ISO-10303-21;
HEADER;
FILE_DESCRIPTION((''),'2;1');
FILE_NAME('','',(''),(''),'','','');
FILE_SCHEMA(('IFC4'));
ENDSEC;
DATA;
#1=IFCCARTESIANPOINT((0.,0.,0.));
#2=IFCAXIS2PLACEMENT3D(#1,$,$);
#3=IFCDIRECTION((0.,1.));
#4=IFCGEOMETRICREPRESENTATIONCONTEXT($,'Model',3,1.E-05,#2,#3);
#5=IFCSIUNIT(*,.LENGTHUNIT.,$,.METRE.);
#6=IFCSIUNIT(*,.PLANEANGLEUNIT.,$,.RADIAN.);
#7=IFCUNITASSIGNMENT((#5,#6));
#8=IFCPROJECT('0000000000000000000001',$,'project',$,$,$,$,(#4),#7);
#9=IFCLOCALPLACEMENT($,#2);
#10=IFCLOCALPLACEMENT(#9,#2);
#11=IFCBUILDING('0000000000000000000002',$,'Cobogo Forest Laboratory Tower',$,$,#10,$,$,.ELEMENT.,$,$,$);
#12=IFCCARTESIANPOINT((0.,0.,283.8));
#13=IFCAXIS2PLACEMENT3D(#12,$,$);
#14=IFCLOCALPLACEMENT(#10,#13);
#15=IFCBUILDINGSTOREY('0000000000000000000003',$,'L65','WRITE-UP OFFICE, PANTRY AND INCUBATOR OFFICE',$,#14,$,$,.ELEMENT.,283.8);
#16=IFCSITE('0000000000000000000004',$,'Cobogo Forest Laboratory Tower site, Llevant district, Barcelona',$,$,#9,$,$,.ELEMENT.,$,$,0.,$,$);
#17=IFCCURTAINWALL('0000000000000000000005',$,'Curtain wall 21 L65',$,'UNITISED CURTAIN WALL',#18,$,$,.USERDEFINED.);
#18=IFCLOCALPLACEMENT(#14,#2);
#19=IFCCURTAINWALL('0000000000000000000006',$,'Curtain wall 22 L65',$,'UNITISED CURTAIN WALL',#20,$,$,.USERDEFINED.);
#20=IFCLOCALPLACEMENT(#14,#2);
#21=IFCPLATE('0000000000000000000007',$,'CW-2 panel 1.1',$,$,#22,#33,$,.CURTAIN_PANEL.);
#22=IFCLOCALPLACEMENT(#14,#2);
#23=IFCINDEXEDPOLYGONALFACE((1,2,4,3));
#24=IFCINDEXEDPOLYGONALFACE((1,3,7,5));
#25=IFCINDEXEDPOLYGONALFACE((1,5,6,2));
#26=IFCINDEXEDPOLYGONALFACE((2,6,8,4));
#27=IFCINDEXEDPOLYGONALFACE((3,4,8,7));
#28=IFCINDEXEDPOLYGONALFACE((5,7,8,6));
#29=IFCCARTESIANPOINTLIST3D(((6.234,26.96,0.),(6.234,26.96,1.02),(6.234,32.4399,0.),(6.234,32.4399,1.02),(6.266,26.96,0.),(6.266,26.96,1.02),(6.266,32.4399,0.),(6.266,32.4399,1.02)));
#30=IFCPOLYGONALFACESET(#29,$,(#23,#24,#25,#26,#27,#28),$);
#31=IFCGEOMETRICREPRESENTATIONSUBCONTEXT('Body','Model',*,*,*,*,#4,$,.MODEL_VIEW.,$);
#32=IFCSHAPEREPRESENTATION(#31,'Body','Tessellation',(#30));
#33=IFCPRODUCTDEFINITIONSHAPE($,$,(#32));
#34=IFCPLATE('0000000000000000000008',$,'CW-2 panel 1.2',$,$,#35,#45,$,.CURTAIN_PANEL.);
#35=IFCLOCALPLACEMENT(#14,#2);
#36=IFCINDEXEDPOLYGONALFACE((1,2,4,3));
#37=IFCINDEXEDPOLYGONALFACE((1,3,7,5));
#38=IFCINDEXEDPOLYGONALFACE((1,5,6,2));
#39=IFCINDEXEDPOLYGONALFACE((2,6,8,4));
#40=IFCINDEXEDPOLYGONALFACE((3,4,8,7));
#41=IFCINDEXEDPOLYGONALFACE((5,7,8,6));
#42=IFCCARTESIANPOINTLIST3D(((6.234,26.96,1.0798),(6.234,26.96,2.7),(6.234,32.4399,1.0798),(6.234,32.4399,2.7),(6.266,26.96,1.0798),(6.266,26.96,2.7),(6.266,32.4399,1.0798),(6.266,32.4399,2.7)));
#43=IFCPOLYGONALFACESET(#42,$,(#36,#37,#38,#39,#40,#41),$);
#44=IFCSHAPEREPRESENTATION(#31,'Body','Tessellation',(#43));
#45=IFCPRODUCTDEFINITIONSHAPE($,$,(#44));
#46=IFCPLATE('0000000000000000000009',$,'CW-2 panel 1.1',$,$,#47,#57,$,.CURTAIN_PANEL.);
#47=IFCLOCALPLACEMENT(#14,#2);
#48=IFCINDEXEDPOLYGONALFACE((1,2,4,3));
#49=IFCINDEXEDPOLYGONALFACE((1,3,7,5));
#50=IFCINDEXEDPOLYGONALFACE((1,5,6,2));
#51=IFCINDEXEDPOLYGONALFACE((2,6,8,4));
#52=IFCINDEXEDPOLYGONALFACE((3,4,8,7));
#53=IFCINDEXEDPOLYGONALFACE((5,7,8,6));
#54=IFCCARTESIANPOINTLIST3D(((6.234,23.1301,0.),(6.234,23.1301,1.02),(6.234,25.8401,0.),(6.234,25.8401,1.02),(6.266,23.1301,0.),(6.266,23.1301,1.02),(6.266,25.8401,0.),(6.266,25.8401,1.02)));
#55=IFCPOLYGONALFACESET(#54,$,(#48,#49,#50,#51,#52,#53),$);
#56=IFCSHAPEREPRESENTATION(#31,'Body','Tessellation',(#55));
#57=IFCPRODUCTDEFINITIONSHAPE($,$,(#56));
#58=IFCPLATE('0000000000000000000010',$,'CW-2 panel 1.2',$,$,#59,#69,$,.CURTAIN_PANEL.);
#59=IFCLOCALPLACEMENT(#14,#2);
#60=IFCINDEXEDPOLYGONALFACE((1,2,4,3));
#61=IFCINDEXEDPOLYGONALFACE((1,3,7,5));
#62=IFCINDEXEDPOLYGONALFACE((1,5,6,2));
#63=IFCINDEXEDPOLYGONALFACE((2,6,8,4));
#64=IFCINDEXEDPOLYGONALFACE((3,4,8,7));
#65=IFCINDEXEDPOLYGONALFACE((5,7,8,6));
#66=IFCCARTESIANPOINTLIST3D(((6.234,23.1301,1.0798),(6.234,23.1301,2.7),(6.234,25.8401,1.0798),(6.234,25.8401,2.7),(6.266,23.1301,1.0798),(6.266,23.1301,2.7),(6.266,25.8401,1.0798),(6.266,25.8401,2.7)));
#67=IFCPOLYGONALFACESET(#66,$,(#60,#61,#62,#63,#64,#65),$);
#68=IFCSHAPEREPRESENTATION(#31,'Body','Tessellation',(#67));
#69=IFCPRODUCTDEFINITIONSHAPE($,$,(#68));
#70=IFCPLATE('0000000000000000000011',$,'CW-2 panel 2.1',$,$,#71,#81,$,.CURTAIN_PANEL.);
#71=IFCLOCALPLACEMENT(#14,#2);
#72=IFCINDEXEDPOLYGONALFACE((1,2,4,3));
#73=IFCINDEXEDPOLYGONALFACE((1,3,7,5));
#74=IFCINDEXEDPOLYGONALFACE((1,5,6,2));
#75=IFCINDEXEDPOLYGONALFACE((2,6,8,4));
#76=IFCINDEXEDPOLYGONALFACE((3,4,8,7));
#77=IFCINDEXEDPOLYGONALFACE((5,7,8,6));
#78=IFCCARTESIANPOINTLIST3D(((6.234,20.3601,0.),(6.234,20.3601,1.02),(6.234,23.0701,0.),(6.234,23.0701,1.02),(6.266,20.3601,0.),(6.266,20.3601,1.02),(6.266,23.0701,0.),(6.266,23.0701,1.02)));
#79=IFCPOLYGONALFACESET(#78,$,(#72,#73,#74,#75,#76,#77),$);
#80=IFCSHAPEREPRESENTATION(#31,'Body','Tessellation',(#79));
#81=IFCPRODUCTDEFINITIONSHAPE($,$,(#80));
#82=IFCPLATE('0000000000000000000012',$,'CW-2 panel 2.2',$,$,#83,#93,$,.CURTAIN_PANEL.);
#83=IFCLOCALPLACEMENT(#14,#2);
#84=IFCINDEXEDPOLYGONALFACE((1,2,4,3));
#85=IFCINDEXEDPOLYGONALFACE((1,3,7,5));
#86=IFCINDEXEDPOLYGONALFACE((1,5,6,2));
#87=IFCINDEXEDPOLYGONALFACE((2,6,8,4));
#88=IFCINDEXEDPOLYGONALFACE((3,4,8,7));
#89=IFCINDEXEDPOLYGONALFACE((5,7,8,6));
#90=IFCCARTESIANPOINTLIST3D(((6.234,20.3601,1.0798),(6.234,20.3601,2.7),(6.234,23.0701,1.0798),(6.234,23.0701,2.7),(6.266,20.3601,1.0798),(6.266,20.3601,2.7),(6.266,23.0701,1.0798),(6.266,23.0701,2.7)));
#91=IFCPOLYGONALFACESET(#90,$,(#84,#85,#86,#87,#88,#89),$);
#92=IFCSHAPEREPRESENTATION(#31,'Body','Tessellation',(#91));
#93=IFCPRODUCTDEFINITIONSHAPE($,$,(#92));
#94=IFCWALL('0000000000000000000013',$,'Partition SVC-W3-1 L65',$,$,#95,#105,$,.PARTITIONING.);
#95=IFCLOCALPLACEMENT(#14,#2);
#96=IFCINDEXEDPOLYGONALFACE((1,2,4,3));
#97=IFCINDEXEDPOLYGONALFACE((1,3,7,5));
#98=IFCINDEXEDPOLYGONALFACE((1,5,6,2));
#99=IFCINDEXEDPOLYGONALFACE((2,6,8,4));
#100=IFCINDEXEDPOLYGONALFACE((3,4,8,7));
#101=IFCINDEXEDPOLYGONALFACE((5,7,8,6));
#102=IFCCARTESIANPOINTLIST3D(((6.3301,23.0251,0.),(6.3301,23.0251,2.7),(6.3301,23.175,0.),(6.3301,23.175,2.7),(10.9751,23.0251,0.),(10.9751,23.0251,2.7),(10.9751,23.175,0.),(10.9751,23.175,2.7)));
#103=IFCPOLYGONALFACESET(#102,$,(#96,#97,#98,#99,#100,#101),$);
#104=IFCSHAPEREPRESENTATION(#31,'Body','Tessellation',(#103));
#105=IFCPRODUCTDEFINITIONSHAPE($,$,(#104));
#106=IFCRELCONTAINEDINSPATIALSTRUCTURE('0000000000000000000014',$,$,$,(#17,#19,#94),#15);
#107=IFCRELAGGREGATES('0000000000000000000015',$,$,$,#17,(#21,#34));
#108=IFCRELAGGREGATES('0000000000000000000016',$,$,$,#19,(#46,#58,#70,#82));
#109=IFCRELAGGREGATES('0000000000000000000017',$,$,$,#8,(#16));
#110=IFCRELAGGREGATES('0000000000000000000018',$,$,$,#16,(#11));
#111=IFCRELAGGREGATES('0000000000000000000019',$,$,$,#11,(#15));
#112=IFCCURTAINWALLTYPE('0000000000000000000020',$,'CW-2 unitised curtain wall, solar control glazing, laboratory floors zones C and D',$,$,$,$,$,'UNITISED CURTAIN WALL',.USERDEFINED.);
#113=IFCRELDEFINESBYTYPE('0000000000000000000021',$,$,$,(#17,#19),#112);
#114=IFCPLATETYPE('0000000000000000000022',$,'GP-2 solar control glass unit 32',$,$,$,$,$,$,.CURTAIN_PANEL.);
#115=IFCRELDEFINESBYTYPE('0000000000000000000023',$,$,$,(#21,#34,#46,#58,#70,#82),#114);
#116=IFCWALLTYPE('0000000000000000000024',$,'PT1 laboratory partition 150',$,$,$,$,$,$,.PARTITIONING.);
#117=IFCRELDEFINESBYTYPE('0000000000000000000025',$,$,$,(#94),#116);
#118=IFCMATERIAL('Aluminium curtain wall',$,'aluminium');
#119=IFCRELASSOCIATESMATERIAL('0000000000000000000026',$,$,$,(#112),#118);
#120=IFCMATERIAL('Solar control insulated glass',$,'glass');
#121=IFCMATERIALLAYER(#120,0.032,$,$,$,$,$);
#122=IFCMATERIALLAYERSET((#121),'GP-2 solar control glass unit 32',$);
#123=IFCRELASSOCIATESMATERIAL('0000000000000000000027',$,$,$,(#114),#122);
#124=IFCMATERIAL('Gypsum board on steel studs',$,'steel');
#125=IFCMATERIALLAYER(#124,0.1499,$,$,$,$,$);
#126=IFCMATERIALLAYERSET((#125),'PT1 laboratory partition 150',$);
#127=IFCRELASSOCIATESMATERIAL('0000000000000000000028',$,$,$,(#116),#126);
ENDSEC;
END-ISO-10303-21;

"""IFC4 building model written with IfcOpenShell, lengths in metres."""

from ifc_helpers import new_model, si_unit, direction, frame, frame_2d, origin, origin_2d, place, context, subcontext, project, spatial, rectangle, extrude, material, layer, layer_set, type_object, element, aggregate, save


model = new_model("IFC4")

# Units and contexts
model_context = context("Model", 3, precision=1e-05, world=origin(), true_north=direction((0.0, 1.0)))
body_context = subcontext(model_context, "Body", "Model", "MODEL_VIEW")
ifc_project = project(units=[si_unit("LENGTHUNIT", "METRE"), si_unit("PLANEANGLEUNIT", "RADIAN")], contexts=[model_context])

# Site, building, storey
site_placement = place(None, origin())
site = spatial("IfcSite", under=ifc_project, at=site_placement, Name="Cobogo Forest Laboratory Tower site, Llevant district, Barcelona", CompositionType="ELEMENT", RefElevation=0.0)
building_placement = place(site_placement, origin())
building = spatial("IfcBuilding", under=site, at=building_placement, Name="Cobogo Forest Laboratory Tower", CompositionType="ELEMENT")
storey_placement = place(building_placement, frame((0.0, 0.0, 283.8)))
storey = spatial("IfcBuildingStorey", under=building, at=storey_placement, Name="L65", Description="WRITE-UP OFFICE, PANTRY AND INCUBATOR OFFICE", CompositionType="ELEMENT", Elevation=283.8)

# Curtain walls
ifc_material_1 = material(Name="Aluminium curtain wall", Category="aluminium")
curtain_wall_type = type_object("IfcCurtainWallType", Name="CW-2 unitised curtain wall, solar control glazing, laboratory floors zones C and D", ElementType="UNITISED CURTAIN WALL", PredefinedType="USERDEFINED", material=ifc_material_1)
curtain_wall_1_placement = place(storey_placement, origin())
curtain_wall_1 = element("IfcCurtainWall", 1, at=curtain_wall_1_placement, inside=storey, type_object=curtain_wall_type, Name="Curtain wall 21 L65", ObjectType="UNITISED CURTAIN WALL", PredefinedType="USERDEFINED")
curtain_wall_2_placement = place(storey_placement, origin())
curtain_wall_2 = element("IfcCurtainWall", 2, at=curtain_wall_2_placement, inside=storey, type_object=curtain_wall_type, Name="Curtain wall 22 L65", ObjectType="UNITISED CURTAIN WALL", PredefinedType="USERDEFINED")

# Plates
ifc_material_2 = material(Name="Solar control insulated glass", Category="glass")
ifc_layer_1 = layer(ifc_material_2, 0.032)
ifc_layer_set_1 = layer_set([ifc_layer_1], Name="GP-2 solar control glass unit 32")
plate_type_1 = type_object("IfcPlateType", Name="GP-2 solar control glass unit 32", PredefinedType="CURTAIN_PANEL", material=ifc_layer_set_1)
plate_1_placement = place(storey_placement, frame((6.25, 29.7, 0.0), z_axis=(0.0, 0.0, 1.0), x_axis=(0.0, -1.0, 0.0)))
plate_1 = element("IfcPlate", 3, at=plate_1_placement, type_object=plate_type_1, Name="CW-2 panel 1.1", PredefinedType="CURTAIN_PANEL", context=body_context, shape_type="SweptSolid", body=[
    extrude(rectangle(XDim=5.48, YDim=0.032, at=origin_2d()), origin(), (0.0, 0.0, 1.0), 1.02),
])
plate_2_placement = place(storey_placement, frame((6.25, 29.7, 1.0798), z_axis=(0.0, 0.0, 1.0), x_axis=(0.0, -1.0, 0.0)))
plate_2 = element("IfcPlate", 4, at=plate_2_placement, type_object=plate_type_1, Name="CW-2 panel 1.2", PredefinedType="CURTAIN_PANEL", context=body_context, shape_type="SweptSolid", body=[
    extrude(rectangle(XDim=5.48, YDim=0.032, at=origin_2d()), origin(), (0.0, 0.0, 1.0), 1.6201),
])
aggregate(curtain_wall_1, [plate_1, plate_2])
plate_3_placement = place(storey_placement, frame((6.25, 24.4851, 0.0), z_axis=(0.0, 0.0, 1.0), x_axis=(0.0, -1.0, 0.0)))
plate_3 = element("IfcPlate", 5, at=plate_3_placement, type_object=plate_type_1, Name="CW-2 panel 1.1", PredefinedType="CURTAIN_PANEL", context=body_context, shape_type="SweptSolid", body=[
    extrude(rectangle(XDim=2.71, YDim=0.032, at=origin_2d()), origin(), (0.0, 0.0, 1.0), 1.02),
])
plate_4_placement = place(storey_placement, frame((6.25, 24.4851, 1.0798), z_axis=(0.0, 0.0, 1.0), x_axis=(0.0, -1.0, 0.0)))
plate_4 = element("IfcPlate", 6, at=plate_4_placement, type_object=plate_type_1, Name="CW-2 panel 1.2", PredefinedType="CURTAIN_PANEL", context=body_context, shape_type="SweptSolid", body=[
    extrude(rectangle(XDim=2.71, YDim=0.032, at=origin_2d()), origin(), (0.0, 0.0, 1.0), 1.6201),
])
plate_5_placement = place(storey_placement, frame((6.25, 21.7151, 0.0), z_axis=(0.0, 0.0, 1.0), x_axis=(0.0, -1.0, 0.0)))
plate_5 = element("IfcPlate", 7, at=plate_5_placement, type_object=plate_type_1, Name="CW-2 panel 2.1", PredefinedType="CURTAIN_PANEL", context=body_context, shape_type="SweptSolid", body=[
    extrude(rectangle(XDim=2.71, YDim=0.032, at=origin_2d()), origin(), (0.0, 0.0, 1.0), 1.02),
])
plate_6_placement = place(storey_placement, frame((6.25, 21.7151, 1.0798), z_axis=(0.0, 0.0, 1.0), x_axis=(0.0, -1.0, 0.0)))
plate_6 = element("IfcPlate", 8, at=plate_6_placement, type_object=plate_type_1, Name="CW-2 panel 2.2", PredefinedType="CURTAIN_PANEL", context=body_context, shape_type="SweptSolid", body=[
    extrude(rectangle(XDim=2.71, YDim=0.032, at=origin_2d()), origin(), (0.0, 0.0, 1.0), 1.6201),
])
aggregate(curtain_wall_2, [plate_3, plate_4, plate_5, plate_6])

# Wall
ifc_material_3 = material(Name="Gypsum board on steel studs", Category="steel")
ifc_layer_2 = layer(ifc_material_3, 0.1499)
ifc_layer_set_2 = layer_set([ifc_layer_2], Name="PT1 laboratory partition 150")
wall_type = type_object("IfcWallType", Name="PT1 laboratory partition 150", PredefinedType="PARTITIONING", material=ifc_layer_set_2)
wall_placement = place(storey_placement, frame((6.3301, 23.1001, 0.0), z_axis=(0.0, 0.0, 1.0), x_axis=(1.0, 0.0, 0.0)))
element("IfcWall", 9, at=wall_placement, inside=storey, type_object=wall_type, Name="Partition SVC-W3-1 L65", PredefinedType="PARTITIONING", context=body_context, shape_type="SweptSolid", body=[
    extrude(rectangle(XDim=4.645, YDim=0.1499, at=frame_2d((2.3225, 0.0))), origin(), (0.0, 0.0, 1.0), 2.7),
])

save(model, "model.ifc")
